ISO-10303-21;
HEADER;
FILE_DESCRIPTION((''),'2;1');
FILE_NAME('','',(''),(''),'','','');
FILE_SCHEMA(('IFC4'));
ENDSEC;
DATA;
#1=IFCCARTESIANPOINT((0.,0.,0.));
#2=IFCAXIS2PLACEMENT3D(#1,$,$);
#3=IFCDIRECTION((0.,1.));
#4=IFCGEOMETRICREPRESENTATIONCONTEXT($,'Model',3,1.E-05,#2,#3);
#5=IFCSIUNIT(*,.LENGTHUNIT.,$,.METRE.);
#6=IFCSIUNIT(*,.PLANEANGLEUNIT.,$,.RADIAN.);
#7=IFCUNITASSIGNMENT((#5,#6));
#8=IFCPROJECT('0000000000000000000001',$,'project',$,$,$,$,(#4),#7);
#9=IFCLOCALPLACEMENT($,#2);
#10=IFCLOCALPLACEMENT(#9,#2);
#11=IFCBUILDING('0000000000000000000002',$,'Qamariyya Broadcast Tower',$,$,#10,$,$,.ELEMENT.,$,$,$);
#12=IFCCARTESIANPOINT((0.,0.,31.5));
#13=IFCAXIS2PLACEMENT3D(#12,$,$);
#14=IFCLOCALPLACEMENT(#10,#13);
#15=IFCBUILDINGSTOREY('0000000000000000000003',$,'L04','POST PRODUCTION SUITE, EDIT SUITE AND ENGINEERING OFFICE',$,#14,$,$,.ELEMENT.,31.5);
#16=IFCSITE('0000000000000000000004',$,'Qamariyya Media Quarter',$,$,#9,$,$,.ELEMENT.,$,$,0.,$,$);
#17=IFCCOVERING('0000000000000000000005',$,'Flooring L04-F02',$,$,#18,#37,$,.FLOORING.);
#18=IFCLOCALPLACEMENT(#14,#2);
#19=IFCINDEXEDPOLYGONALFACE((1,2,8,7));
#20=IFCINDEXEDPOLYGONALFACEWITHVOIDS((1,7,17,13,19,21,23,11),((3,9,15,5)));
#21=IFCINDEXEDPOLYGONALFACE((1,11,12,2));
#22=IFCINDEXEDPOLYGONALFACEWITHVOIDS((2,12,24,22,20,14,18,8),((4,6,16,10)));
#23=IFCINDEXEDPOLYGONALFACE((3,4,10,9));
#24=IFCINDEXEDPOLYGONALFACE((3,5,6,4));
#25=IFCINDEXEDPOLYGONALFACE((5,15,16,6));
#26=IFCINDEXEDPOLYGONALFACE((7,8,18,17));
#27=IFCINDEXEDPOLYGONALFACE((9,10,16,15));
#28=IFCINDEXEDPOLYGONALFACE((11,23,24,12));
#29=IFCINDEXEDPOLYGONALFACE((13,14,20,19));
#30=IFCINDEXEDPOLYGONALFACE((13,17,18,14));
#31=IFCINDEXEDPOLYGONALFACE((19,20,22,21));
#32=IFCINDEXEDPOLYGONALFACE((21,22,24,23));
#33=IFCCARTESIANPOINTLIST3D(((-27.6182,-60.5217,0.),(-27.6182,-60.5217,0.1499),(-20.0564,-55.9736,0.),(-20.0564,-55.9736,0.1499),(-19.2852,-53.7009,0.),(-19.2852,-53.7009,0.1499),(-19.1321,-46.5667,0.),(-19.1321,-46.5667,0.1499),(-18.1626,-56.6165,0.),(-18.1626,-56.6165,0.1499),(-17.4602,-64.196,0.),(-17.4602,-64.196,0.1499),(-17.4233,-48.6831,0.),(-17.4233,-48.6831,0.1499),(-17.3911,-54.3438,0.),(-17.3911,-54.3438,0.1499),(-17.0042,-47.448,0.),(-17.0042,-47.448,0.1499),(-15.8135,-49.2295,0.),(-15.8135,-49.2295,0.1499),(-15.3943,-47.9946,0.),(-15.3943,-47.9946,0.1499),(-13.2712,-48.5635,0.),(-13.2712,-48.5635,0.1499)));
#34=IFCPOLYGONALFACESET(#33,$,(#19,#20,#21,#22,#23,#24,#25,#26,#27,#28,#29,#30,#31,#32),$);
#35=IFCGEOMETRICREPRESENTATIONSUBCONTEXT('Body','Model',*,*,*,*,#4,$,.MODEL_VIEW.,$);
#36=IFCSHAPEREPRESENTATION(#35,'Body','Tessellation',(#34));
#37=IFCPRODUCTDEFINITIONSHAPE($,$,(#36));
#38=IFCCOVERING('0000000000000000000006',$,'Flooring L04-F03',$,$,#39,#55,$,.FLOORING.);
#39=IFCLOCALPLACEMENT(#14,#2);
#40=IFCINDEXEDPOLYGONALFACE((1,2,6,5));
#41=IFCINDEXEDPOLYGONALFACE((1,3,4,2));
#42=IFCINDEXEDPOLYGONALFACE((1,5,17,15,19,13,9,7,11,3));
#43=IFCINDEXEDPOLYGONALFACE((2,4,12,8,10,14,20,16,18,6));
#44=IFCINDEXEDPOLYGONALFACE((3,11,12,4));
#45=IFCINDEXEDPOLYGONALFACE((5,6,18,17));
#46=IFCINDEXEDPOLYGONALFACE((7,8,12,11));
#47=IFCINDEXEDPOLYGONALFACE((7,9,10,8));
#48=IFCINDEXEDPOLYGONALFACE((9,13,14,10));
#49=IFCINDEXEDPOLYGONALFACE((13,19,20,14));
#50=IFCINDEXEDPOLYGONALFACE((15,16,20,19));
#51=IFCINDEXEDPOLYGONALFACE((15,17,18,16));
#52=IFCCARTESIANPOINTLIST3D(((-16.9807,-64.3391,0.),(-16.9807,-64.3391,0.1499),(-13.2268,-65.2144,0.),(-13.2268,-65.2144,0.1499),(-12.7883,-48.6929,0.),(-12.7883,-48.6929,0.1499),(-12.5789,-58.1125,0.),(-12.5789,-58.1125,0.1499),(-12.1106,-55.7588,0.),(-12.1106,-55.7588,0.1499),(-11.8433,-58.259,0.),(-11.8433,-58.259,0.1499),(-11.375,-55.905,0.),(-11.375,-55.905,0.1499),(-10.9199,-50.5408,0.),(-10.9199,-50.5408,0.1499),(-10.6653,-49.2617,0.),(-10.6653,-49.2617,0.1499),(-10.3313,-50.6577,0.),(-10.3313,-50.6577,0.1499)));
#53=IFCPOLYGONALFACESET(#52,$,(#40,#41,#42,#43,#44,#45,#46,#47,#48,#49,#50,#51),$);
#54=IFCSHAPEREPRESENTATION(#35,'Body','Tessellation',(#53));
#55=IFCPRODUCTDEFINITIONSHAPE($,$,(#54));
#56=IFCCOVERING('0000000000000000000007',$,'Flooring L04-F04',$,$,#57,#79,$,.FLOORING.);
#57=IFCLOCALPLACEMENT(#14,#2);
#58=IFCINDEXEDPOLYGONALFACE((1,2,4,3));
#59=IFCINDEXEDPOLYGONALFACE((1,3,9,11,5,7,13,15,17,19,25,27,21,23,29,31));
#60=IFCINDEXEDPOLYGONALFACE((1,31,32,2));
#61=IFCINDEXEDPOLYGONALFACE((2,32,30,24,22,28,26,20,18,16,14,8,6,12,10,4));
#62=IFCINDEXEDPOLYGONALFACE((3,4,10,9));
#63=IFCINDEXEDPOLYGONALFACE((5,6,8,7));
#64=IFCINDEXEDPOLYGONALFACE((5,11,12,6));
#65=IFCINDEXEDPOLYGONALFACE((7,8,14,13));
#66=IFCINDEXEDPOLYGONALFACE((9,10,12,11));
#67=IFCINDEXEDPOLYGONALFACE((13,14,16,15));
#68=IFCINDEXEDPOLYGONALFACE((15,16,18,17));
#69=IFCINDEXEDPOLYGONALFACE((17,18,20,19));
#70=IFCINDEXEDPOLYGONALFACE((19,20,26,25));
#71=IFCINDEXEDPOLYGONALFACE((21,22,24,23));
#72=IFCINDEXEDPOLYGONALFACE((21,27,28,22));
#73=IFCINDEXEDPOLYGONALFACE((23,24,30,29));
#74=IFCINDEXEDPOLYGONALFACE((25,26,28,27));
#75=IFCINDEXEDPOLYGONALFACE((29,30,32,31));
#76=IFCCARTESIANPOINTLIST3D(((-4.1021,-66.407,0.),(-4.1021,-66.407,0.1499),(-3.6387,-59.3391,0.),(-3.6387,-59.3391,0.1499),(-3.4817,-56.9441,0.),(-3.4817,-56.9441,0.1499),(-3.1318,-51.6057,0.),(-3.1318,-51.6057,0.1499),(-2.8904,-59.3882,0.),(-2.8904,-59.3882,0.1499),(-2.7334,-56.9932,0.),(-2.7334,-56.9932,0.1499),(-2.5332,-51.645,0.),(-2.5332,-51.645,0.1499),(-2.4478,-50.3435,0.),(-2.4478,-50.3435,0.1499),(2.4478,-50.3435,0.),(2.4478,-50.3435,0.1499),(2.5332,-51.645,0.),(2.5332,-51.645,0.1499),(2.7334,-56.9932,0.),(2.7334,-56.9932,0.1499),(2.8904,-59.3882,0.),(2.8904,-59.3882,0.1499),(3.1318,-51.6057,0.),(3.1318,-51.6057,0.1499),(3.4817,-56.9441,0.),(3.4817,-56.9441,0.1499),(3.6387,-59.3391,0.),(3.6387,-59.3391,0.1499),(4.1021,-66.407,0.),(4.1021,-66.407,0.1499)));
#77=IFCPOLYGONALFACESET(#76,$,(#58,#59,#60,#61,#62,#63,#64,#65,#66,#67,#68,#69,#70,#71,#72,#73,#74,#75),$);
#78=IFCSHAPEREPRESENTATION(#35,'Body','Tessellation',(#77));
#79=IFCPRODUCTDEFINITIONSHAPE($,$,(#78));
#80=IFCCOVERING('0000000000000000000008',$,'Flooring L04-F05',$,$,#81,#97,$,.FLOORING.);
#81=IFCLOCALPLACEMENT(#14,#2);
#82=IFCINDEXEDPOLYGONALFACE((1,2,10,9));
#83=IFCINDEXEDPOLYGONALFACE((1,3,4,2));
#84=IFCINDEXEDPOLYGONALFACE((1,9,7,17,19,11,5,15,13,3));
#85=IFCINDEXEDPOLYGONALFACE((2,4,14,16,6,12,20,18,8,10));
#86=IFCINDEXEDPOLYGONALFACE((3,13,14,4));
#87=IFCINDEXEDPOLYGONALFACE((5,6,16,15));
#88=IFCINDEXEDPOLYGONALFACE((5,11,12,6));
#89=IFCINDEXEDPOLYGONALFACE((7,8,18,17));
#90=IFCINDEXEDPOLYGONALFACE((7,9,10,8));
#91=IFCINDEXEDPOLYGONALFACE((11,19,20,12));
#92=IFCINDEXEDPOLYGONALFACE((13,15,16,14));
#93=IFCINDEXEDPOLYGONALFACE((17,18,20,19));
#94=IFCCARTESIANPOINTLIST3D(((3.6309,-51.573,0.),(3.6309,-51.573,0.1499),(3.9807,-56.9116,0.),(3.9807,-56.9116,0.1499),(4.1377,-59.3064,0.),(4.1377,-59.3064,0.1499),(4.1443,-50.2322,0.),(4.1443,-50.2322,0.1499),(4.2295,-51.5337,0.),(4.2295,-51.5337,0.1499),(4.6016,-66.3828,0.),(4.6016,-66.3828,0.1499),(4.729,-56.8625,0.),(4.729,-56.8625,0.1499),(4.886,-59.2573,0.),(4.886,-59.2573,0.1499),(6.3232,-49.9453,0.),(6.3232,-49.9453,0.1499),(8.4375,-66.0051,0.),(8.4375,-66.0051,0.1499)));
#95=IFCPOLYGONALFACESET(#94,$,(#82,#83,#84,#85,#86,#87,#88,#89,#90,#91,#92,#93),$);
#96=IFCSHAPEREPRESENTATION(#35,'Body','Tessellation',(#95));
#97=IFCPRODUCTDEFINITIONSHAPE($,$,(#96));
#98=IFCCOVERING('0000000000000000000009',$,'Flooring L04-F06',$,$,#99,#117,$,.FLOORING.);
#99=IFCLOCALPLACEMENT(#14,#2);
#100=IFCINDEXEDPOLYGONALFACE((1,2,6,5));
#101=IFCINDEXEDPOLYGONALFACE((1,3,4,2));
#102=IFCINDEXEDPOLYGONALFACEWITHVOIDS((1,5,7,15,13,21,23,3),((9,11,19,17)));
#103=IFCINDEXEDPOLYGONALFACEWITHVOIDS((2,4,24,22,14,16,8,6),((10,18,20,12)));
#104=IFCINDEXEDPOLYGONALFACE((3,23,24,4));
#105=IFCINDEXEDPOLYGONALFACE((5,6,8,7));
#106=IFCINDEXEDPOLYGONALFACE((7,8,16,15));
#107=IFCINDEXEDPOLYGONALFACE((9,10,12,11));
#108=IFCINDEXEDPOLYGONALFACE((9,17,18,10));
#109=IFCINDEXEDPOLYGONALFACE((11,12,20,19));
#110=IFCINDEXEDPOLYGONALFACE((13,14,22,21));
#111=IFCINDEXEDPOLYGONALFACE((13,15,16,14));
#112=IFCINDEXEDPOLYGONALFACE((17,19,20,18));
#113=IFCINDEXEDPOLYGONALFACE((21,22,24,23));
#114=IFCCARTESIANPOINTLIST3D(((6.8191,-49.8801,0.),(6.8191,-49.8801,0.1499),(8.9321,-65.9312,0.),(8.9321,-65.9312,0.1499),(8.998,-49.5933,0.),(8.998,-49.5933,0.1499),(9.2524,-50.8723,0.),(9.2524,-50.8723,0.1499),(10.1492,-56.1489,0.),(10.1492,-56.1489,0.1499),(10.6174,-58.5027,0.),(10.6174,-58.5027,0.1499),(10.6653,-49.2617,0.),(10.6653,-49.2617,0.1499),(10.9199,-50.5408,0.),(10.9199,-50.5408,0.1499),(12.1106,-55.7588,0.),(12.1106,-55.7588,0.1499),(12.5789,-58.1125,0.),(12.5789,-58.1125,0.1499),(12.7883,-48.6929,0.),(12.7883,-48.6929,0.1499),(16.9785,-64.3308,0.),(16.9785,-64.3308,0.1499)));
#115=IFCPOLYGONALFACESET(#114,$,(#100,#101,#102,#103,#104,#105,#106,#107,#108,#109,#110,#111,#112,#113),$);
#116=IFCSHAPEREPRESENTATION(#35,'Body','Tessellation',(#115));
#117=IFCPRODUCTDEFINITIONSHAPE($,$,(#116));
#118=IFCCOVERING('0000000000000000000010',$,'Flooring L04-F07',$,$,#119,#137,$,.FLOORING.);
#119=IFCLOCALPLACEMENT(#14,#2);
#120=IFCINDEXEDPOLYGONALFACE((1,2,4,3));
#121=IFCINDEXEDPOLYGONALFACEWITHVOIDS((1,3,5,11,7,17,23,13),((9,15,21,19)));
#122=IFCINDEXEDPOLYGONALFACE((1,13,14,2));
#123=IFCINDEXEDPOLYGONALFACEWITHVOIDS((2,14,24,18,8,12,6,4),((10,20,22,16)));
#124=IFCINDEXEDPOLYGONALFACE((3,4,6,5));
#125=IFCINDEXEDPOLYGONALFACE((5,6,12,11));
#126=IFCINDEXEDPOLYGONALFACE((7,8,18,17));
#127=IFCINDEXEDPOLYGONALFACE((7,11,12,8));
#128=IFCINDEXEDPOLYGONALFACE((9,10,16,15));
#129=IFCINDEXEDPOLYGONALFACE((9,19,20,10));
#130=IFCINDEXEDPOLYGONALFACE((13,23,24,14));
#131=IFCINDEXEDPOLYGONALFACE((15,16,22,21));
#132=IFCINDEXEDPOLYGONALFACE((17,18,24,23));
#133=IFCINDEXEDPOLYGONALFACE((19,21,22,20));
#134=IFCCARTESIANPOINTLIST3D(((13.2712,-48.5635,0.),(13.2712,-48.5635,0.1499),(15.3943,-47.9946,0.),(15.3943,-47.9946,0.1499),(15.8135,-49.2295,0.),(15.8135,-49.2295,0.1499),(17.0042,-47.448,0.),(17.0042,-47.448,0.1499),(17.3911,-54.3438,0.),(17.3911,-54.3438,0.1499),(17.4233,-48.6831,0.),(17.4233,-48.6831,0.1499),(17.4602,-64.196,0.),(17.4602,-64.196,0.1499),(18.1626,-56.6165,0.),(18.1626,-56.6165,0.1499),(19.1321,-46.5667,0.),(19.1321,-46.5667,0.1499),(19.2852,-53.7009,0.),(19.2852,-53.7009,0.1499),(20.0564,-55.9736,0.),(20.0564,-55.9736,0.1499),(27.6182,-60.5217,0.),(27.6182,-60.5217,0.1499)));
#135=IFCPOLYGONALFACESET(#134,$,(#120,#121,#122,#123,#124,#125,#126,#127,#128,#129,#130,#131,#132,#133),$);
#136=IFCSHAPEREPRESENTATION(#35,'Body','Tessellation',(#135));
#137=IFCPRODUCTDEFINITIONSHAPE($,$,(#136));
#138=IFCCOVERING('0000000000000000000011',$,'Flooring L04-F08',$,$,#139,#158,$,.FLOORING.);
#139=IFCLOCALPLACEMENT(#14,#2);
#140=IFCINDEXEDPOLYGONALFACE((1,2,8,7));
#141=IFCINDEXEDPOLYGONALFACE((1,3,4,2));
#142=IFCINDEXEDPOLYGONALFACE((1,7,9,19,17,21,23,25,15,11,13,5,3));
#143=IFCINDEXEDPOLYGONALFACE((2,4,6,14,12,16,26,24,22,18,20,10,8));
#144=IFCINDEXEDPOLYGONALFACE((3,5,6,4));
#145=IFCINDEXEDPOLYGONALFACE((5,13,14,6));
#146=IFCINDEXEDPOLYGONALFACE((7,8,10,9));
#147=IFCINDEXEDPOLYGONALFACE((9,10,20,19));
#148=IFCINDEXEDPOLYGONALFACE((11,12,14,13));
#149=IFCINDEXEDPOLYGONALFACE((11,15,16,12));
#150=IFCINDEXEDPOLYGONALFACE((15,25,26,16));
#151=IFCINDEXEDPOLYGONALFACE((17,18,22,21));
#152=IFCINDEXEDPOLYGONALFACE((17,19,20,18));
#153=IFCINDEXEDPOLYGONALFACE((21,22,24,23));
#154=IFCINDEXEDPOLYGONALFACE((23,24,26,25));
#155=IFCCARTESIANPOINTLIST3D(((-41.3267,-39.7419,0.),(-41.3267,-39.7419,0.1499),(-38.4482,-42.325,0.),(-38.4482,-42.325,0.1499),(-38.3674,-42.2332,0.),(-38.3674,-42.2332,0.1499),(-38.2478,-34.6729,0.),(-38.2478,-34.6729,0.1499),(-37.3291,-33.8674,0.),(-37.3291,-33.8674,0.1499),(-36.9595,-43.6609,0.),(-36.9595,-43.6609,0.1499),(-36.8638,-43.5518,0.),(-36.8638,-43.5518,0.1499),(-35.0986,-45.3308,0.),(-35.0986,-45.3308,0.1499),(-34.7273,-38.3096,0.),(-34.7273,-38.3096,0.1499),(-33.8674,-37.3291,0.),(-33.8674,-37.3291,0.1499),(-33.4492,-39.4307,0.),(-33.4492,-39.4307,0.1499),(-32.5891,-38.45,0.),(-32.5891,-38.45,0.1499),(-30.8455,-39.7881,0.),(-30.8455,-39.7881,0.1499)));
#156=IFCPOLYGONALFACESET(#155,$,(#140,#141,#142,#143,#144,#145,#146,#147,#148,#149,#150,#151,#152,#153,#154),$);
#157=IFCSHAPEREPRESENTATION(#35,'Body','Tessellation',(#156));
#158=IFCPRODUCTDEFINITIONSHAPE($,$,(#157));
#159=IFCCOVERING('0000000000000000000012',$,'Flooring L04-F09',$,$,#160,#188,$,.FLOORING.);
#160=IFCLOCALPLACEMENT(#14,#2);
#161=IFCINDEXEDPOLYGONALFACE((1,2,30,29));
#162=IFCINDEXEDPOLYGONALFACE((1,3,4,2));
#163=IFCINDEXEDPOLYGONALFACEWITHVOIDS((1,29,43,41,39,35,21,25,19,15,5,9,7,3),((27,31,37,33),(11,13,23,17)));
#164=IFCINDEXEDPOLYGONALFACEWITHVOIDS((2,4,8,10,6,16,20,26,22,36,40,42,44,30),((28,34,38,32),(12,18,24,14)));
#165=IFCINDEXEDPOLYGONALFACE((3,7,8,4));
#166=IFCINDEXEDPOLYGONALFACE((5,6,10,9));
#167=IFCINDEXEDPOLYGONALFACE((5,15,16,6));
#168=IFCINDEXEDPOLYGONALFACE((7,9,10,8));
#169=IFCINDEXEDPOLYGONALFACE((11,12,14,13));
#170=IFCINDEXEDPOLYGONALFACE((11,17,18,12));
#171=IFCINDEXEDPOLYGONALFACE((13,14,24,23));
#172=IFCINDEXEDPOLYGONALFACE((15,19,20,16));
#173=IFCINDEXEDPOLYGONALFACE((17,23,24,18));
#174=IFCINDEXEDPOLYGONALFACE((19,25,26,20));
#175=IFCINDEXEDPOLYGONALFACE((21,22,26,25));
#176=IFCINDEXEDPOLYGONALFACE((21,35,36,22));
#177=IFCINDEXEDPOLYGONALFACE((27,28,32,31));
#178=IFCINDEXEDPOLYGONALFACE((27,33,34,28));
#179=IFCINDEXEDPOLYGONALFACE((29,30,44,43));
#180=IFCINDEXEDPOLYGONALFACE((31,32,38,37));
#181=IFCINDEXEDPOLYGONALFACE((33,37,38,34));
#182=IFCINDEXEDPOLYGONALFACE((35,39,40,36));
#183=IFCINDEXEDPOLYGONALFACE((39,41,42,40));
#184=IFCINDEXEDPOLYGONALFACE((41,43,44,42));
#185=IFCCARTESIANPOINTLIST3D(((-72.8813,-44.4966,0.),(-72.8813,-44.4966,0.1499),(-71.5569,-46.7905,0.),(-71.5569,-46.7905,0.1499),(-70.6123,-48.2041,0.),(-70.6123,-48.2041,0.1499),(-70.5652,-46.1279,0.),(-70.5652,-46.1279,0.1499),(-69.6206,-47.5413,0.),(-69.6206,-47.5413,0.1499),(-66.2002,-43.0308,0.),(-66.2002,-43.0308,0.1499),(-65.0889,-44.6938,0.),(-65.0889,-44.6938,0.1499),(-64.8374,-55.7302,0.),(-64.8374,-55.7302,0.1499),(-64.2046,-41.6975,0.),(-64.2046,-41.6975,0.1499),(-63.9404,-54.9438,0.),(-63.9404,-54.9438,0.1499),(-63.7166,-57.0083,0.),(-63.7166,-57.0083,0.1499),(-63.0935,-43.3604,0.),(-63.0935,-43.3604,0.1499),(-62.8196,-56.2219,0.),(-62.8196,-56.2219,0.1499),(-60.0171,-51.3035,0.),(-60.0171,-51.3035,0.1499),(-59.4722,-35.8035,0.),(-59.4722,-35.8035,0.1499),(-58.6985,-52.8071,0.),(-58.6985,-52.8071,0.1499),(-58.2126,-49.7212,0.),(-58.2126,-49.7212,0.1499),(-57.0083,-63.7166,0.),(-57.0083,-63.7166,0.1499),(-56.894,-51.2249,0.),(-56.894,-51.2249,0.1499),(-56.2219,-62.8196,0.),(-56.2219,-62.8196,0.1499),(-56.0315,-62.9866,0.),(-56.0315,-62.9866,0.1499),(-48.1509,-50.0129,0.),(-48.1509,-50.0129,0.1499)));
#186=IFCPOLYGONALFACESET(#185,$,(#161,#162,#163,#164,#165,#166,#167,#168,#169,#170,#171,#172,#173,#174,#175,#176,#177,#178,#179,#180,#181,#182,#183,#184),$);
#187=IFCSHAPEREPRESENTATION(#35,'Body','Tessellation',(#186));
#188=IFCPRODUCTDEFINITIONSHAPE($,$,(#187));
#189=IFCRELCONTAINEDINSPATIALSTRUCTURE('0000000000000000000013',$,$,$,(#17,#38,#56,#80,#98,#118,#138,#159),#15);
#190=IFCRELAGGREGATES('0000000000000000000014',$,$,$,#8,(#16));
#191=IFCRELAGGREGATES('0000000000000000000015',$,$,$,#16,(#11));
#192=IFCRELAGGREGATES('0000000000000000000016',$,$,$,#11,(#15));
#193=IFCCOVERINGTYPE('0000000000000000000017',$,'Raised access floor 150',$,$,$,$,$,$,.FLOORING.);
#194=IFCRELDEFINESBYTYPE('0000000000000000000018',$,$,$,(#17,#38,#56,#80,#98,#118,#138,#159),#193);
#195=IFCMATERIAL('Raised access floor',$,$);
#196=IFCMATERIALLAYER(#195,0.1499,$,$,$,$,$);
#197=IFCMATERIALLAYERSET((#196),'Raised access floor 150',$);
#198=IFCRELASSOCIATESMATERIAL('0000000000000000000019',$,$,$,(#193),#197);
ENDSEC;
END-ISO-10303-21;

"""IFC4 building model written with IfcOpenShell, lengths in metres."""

from ifc_helpers import new_model, si_unit, direction, frame, origin, place, context, subcontext, project, spatial, polyline, outline, extrude, material, layer, layer_set, type_object, element, save


model = new_model("IFC4")

# Units and contexts
model_context = context("Model", 3, precision=1e-05, world=origin(), true_north=direction((0.0, 1.0)))
body_context = subcontext(model_context, "Body", "Model", "MODEL_VIEW")
ifc_project = project(units=[si_unit("LENGTHUNIT", "METRE"), si_unit("PLANEANGLEUNIT", "RADIAN")], contexts=[model_context])

# Site, building, storey
site_placement = place(None, origin())
site = spatial("IfcSite", under=ifc_project, at=site_placement, Name="Qamariyya Media Quarter", CompositionType="ELEMENT", RefElevation=0.0)
building_placement = place(site_placement, origin())
building = spatial("IfcBuilding", under=site, at=building_placement, Name="Qamariyya Broadcast Tower", CompositionType="ELEMENT")
storey_placement = place(building_placement, frame((0.0, 0.0, 31.5)))
storey = spatial("IfcBuildingStorey", under=building, at=storey_placement, Name="L04", Description="POST PRODUCTION SUITE, EDIT SUITE AND ENGINEERING OFFICE", CompositionType="ELEMENT", Elevation=31.5)

# Coverings
ifc_material_1 = material(Name="Raised access floor")
ifc_layer_1 = layer(ifc_material_1, 0.1499)
ifc_layer_set_1 = layer_set([ifc_layer_1], Name="Raised access floor 150")
covering_type_1 = type_object("IfcCoveringType", Name="Raised access floor 150", PredefinedType="FLOORING", material=ifc_layer_set_1)
covering_1_placement = place(storey_placement, origin())
element("IfcCovering", 1, at=covering_1_placement, inside=storey, type_object=covering_type_1, Name="Flooring L04-F02", PredefinedType="FLOORING", context=body_context, shape_type="SweptSolid", body=[
    extrude(outline(polyline([(-19.1321, -46.5667), (-17.0042, -47.448), (-17.4233, -48.6831), (-15.8135, -49.2295), (-15.3943, -47.9946), (-13.2712, -48.5635), (-17.4602, -64.196), (-27.6182, -60.5217), (-19.1321, -46.5667)]), holes=[polyline([(-20.0564, -55.9736), (-18.1626, -56.6165), (-17.3911, -54.3438), (-19.2852, -53.7009), (-20.0564, -55.9736)])]), origin(), (0.0, 0.0, 1.0), 0.1499),
])
covering_2_placement = place(storey_placement, origin())
element("IfcCovering", 2, at=covering_2_placement, inside=storey, type_object=covering_type_1, Name="Flooring L04-F03", PredefinedType="FLOORING", context=body_context, shape_type="SweptSolid", body=[
    extrude(outline(polyline([(-12.7883, -48.6929), (-10.6653, -49.2617), (-10.9199, -50.5408), (-10.3313, -50.6577), (-11.375, -55.905), (-12.1106, -55.7588), (-12.5789, -58.1125), (-11.8433, -58.259), (-13.2268, -65.2144), (-16.9807, -64.3391), (-12.7883, -48.6929)])), origin(), (0.0, 0.0, 1.0), 0.1499),
])
covering_3_placement = place(storey_placement, origin())
element("IfcCovering", 3, at=covering_3_placement, inside=storey, type_object=covering_type_1, Name="Flooring L04-F04", PredefinedType="FLOORING", context=body_context, shape_type="SweptSolid", body=[
    extrude(outline(polyline([(-3.6387, -59.3391), (-2.8904, -59.3882), (-2.7334, -56.9932), (-3.4817, -56.9441), (-3.1318, -51.6057), (-2.5332, -51.645), (-2.4478, -50.3435), (2.4478, -50.3435), (2.5332, -51.645), (3.1318, -51.6057), (3.4817, -56.9441), (2.7334, -56.9932), (2.8904, -59.3882), (3.6387, -59.3391), (4.1021, -66.407), (-4.1021, -66.407), (-3.6387, -59.3391)])), origin(), (0.0, 0.0, 1.0), 0.1499),
])
covering_4_placement = place(storey_placement, origin())
element("IfcCovering", 4, at=covering_4_placement, inside=storey, type_object=covering_type_1, Name="Flooring L04-F05", PredefinedType="FLOORING", context=body_context, shape_type="SweptSolid", body=[
    extrude(outline(polyline([(4.1377, -59.3064), (4.886, -59.2573), (4.729, -56.8625), (3.9807, -56.9116), (3.6309, -51.573), (4.2295, -51.5337), (4.1443, -50.2322), (6.3232, -49.9453), (8.4375, -66.0051), (4.6016, -66.3828), (4.1377, -59.3064)])), origin(), (0.0, 0.0, 1.0), 0.1499),
])
covering_5_placement = place(storey_placement, origin())
element("IfcCovering", 5, at=covering_5_placement, inside=storey, type_object=covering_type_1, Name="Flooring L04-F06", PredefinedType="FLOORING", context=body_context, shape_type="SweptSolid", body=[
    extrude(outline(polyline([(6.8191, -49.8801), (8.998, -49.5933), (9.2524, -50.8723), (10.9199, -50.5408), (10.6653, -49.2617), (12.7883, -48.6929), (16.9785, -64.3308), (8.9321, -65.9312), (6.8191, -49.8801)]), holes=[polyline([(10.6174, -58.5027), (12.5789, -58.1125), (12.1106, -55.7588), (10.1492, -56.1489), (10.6174, -58.5027)])]), origin(), (0.0, 0.0, 1.0), 0.1499),
])
covering_6_placement = place(storey_placement, origin())
element("IfcCovering", 6, at=covering_6_placement, inside=storey, type_object=covering_type_1, Name="Flooring L04-F07", PredefinedType="FLOORING", context=body_context, shape_type="SweptSolid", body=[
    extrude(outline(polyline([(17.4602, -64.196), (13.2712, -48.5635), (15.3943, -47.9946), (15.8135, -49.2295), (17.4233, -48.6831), (17.0042, -47.448), (19.1321, -46.5667), (27.6182, -60.5217), (17.4602, -64.196)]), holes=[polyline([(17.3911, -54.3438), (18.1626, -56.6165), (20.0564, -55.9736), (19.2852, -53.7009), (17.3911, -54.3438)])]), origin(), (0.0, 0.0, 1.0), 0.1499),
])
covering_7_placement = place(storey_placement, origin())
element("IfcCovering", 7, at=covering_7_placement, inside=storey, type_object=covering_type_1, Name="Flooring L04-F08", PredefinedType="FLOORING", context=body_context, shape_type="SweptSolid", body=[
    extrude(outline(polyline([(-41.3267, -39.7419), (-38.2478, -34.6729), (-37.3291, -33.8674), (-33.8674, -37.3291), (-34.7273, -38.3096), (-33.4492, -39.4307), (-32.5891, -38.45), (-30.8455, -39.7881), (-35.0986, -45.3308), (-36.9595, -43.6609), (-36.8638, -43.5518), (-38.3674, -42.2332), (-38.4482, -42.325), (-41.3267, -39.7419)])), origin(), (0.0, 0.0, 1.0), 0.1499),
])
covering_8_placement = place(storey_placement, origin())
element("IfcCovering", 8, at=covering_8_placement, inside=storey, type_object=covering_type_1, Name="Flooring L04-F09", PredefinedType="FLOORING", context=body_context, shape_type="SweptSolid", body=[
    extrude(outline(polyline([(-56.0315, -62.9866), (-56.2219, -62.8196), (-57.0083, -63.7166), (-63.7166, -57.0083), (-62.8196, -56.2219), (-63.9404, -54.9438), (-64.8374, -55.7302), (-70.6123, -48.2041), (-69.6206, -47.5413), (-70.5652, -46.1279), (-71.5569, -46.7905), (-72.8813, -44.4966), (-59.4722, -35.8035), (-48.1509, -50.0129), (-56.0315, -62.9866)]), holes=[polyline([(-58.2126, -49.7212), (-60.0171, -51.3035), (-58.6985, -52.8071), (-56.894, -51.2249), (-58.2126, -49.7212)]), polyline([(-66.2002, -43.0308), (-65.0889, -44.6938), (-63.0935, -43.3604), (-64.2046, -41.6975), (-66.2002, -43.0308)])]), origin(), (0.0, 0.0, 1.0), 0.1499),
])

save(model, "model.ifc")
